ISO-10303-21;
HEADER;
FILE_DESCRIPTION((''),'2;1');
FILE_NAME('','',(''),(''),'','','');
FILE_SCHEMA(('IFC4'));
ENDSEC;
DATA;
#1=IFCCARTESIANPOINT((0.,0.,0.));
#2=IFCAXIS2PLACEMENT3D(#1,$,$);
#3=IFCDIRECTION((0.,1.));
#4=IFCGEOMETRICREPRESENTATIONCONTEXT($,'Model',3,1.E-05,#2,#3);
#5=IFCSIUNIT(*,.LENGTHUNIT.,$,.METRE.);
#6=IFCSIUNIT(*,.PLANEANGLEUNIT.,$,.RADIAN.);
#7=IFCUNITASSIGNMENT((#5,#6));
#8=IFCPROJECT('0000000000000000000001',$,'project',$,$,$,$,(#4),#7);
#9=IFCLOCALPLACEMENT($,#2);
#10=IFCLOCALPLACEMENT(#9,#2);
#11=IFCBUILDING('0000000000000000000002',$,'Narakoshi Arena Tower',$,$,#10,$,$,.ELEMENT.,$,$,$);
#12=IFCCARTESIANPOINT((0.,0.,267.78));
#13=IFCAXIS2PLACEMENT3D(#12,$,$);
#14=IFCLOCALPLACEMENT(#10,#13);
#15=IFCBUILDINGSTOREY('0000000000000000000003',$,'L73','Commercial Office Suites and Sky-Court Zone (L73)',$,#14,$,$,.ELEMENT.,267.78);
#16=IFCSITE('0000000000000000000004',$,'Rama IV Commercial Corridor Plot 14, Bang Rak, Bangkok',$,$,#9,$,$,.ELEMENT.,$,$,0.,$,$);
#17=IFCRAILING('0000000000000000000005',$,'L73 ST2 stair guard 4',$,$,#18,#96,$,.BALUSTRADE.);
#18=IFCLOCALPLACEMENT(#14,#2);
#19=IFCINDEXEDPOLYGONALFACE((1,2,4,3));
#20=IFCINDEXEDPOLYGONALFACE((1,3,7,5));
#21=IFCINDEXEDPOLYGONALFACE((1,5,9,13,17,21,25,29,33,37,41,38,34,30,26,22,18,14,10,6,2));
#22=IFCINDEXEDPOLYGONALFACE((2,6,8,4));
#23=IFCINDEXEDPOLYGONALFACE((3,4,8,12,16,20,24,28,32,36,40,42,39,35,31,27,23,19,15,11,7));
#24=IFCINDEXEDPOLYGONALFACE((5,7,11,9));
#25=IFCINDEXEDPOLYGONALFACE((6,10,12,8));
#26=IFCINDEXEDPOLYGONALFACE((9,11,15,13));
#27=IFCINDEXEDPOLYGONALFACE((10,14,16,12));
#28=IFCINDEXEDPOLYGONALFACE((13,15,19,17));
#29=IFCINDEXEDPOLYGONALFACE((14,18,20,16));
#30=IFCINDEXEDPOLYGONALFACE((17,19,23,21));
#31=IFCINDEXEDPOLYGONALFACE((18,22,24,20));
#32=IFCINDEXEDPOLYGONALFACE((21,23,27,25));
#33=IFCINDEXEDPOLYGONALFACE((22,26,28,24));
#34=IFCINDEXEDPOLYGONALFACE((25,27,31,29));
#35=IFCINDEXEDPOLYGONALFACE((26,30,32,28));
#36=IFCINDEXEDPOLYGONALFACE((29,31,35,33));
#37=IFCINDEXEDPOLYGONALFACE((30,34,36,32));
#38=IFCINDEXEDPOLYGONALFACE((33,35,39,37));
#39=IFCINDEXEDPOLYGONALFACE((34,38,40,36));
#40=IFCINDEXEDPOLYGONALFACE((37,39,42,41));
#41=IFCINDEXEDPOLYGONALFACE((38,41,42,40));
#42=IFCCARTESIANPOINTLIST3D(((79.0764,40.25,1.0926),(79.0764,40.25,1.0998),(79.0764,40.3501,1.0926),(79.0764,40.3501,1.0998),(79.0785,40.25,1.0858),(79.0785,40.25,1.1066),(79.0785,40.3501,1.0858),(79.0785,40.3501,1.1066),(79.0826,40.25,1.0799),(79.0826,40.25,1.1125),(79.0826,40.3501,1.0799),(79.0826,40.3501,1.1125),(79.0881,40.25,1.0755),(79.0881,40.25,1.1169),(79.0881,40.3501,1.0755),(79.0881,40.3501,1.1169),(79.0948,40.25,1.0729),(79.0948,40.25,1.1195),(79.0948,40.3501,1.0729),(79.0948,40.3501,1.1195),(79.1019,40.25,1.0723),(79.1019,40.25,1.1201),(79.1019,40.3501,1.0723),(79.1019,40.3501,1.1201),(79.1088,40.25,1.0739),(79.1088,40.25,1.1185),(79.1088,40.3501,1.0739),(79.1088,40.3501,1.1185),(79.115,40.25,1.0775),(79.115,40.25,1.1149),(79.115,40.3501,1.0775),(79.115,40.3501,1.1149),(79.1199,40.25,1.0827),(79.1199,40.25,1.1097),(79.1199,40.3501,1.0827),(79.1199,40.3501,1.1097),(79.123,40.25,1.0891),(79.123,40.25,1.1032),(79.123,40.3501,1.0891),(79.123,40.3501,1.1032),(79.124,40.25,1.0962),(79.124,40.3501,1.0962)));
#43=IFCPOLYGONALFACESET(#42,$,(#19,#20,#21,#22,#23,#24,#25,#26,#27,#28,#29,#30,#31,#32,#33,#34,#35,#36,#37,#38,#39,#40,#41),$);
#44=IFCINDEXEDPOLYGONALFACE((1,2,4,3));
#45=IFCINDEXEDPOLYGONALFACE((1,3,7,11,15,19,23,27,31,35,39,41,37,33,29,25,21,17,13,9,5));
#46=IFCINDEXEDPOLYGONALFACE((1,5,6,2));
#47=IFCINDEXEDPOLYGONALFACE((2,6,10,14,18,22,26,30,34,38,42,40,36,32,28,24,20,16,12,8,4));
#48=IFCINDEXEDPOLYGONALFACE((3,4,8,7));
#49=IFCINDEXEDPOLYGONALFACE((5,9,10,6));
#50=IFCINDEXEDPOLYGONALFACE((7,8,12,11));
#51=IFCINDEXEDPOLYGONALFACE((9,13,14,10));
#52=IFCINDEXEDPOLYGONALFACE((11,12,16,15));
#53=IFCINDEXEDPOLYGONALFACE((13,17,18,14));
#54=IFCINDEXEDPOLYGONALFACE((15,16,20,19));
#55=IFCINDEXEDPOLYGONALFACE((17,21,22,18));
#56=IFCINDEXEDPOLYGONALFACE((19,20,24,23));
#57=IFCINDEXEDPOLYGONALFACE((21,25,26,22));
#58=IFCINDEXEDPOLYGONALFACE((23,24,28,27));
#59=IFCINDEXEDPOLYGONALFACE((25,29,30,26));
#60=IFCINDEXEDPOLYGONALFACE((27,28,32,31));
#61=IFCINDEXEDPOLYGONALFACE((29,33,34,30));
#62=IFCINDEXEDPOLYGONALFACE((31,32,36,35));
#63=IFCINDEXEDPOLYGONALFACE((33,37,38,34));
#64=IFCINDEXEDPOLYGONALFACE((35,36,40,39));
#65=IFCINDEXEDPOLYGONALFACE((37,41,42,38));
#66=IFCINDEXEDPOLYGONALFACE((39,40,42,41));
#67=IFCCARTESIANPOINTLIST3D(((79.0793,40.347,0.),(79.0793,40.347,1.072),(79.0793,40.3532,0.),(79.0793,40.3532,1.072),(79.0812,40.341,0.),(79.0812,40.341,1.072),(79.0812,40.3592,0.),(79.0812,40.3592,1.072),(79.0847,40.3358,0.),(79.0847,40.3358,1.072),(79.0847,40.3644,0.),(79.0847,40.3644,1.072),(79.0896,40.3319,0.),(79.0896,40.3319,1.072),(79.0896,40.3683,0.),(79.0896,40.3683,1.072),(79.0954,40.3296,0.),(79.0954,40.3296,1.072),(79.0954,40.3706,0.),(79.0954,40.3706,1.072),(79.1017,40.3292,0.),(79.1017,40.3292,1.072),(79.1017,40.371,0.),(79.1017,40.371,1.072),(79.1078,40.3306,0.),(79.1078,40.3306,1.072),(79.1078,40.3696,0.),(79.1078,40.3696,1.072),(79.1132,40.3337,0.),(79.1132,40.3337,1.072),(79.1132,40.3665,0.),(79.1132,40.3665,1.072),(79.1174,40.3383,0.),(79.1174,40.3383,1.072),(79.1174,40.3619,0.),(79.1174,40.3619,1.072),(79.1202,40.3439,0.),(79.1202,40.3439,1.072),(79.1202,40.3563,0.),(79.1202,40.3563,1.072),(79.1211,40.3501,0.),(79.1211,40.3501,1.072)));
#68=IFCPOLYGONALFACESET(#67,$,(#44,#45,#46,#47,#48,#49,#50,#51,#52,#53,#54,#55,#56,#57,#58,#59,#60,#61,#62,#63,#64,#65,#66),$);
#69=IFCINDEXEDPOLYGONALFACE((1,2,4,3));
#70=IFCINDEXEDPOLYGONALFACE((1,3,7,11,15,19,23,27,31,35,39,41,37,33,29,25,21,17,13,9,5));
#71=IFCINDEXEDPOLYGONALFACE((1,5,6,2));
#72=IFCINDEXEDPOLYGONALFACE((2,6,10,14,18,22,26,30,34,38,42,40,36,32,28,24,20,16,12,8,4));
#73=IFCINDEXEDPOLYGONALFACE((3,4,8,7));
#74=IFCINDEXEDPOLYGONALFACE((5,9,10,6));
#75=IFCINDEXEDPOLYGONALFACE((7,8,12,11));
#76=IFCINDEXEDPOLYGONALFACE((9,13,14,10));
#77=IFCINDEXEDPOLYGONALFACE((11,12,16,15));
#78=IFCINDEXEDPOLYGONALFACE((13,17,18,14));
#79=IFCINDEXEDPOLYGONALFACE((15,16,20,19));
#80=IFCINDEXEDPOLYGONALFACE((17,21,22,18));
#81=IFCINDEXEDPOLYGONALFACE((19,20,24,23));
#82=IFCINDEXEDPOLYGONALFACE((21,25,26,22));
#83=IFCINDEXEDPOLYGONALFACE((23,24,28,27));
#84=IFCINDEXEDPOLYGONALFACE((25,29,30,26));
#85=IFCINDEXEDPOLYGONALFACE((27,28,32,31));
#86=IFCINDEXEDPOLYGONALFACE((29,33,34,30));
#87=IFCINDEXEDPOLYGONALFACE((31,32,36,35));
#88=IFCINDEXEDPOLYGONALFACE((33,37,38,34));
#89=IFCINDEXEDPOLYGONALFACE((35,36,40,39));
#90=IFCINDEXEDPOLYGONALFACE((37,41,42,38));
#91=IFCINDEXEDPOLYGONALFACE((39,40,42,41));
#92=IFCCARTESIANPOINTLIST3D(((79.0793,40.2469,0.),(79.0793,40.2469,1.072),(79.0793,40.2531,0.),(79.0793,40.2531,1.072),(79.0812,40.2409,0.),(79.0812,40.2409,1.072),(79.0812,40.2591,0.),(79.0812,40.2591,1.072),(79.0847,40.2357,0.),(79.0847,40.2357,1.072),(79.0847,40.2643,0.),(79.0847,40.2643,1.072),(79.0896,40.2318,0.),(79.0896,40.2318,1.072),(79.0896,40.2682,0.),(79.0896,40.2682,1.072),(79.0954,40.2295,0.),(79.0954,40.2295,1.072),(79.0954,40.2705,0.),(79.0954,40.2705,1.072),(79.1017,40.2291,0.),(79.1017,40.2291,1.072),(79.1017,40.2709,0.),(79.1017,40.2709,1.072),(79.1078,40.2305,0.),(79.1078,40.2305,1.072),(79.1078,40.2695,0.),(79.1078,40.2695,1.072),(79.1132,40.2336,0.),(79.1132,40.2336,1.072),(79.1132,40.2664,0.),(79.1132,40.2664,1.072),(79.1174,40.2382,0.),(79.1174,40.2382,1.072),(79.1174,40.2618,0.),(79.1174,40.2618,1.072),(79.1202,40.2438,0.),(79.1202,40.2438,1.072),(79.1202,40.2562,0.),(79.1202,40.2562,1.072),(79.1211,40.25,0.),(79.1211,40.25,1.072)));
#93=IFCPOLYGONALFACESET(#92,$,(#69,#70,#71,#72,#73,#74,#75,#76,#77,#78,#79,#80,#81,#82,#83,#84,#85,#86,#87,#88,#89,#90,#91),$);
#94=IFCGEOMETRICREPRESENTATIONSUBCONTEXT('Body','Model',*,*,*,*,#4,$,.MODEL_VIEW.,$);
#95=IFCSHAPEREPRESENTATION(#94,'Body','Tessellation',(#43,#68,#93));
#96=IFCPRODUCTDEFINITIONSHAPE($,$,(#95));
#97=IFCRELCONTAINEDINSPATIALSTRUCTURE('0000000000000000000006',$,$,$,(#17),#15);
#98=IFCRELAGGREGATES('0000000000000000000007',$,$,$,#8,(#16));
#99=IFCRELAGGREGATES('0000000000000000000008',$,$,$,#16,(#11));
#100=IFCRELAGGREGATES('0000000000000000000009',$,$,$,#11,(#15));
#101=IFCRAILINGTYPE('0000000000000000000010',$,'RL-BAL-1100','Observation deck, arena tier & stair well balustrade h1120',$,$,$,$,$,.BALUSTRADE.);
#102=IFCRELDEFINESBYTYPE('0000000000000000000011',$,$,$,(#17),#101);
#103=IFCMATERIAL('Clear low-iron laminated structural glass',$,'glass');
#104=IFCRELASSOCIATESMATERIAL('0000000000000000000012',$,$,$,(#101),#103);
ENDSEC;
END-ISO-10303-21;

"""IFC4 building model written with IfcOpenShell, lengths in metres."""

from ifc_helpers import new_model, si_unit, direction, frame, origin, origin_2d, place, context, subcontext, project, spatial, circle, extrude, material, type_object, element, save


model = new_model("IFC4")

# Units and contexts
model_context = context("Model", 3, precision=1e-05, world=origin(), true_north=direction((0.0, 1.0)))
body_context = subcontext(model_context, "Body", "Model", "MODEL_VIEW")
ifc_project = project(units=[si_unit("LENGTHUNIT", "METRE"), si_unit("PLANEANGLEUNIT", "RADIAN")], contexts=[model_context])

# Site, building, storey
site_placement = place(None, origin())
site = spatial("IfcSite", under=ifc_project, at=site_placement, Name="Rama IV Commercial Corridor Plot 14, Bang Rak, Bangkok", CompositionType="ELEMENT", RefElevation=0.0)
building_placement = place(site_placement, origin())
building = spatial("IfcBuilding", under=site, at=building_placement, Name="Narakoshi Arena Tower", CompositionType="ELEMENT")
storey_placement = place(building_placement, frame((0.0, 0.0, 267.78)))
storey = spatial("IfcBuildingStorey", under=building, at=storey_placement, Name="L73", Description="Commercial Office Suites and Sky-Court Zone (L73)", CompositionType="ELEMENT", Elevation=267.78)

# Railing
ifc_material_1 = material(Name="Clear low-iron laminated structural glass", Category="glass")
railing_type_1 = type_object("IfcRailingType", Name="RL-BAL-1100", Description="Observation deck, arena tier & stair well balustrade h1120", PredefinedType="BALUSTRADE", material=ifc_material_1)
railing_1_placement = place(storey_placement, frame((79.1001, 40.3501, 0.0)))
element("IfcRailing", 1, at=railing_1_placement, inside=storey, type_object=railing_type_1, Name="L73 ST2 stair guard 4", PredefinedType="BALUSTRADE", context=body_context, shape_type="SweptSolid", body=[
    extrude(circle(Radius=0.0239, at=origin_2d()), frame((0.0, 0.0, 1.0962), z_axis=(0.0, -1.0, 0.0), x_axis=(1.0, 0.0, 0.0)), (0.0, 0.0, 1.0), 0.1001),
    extrude(circle(Radius=0.021, at=origin_2d()), origin(), (0.0, 0.0, 1.0), 1.072),
    extrude(circle(Radius=0.021, at=origin_2d()), frame((0.0, -0.1001, 0.0)), (0.0, 0.0, 1.0), 1.072),
])

save(model, "model.ifc")
